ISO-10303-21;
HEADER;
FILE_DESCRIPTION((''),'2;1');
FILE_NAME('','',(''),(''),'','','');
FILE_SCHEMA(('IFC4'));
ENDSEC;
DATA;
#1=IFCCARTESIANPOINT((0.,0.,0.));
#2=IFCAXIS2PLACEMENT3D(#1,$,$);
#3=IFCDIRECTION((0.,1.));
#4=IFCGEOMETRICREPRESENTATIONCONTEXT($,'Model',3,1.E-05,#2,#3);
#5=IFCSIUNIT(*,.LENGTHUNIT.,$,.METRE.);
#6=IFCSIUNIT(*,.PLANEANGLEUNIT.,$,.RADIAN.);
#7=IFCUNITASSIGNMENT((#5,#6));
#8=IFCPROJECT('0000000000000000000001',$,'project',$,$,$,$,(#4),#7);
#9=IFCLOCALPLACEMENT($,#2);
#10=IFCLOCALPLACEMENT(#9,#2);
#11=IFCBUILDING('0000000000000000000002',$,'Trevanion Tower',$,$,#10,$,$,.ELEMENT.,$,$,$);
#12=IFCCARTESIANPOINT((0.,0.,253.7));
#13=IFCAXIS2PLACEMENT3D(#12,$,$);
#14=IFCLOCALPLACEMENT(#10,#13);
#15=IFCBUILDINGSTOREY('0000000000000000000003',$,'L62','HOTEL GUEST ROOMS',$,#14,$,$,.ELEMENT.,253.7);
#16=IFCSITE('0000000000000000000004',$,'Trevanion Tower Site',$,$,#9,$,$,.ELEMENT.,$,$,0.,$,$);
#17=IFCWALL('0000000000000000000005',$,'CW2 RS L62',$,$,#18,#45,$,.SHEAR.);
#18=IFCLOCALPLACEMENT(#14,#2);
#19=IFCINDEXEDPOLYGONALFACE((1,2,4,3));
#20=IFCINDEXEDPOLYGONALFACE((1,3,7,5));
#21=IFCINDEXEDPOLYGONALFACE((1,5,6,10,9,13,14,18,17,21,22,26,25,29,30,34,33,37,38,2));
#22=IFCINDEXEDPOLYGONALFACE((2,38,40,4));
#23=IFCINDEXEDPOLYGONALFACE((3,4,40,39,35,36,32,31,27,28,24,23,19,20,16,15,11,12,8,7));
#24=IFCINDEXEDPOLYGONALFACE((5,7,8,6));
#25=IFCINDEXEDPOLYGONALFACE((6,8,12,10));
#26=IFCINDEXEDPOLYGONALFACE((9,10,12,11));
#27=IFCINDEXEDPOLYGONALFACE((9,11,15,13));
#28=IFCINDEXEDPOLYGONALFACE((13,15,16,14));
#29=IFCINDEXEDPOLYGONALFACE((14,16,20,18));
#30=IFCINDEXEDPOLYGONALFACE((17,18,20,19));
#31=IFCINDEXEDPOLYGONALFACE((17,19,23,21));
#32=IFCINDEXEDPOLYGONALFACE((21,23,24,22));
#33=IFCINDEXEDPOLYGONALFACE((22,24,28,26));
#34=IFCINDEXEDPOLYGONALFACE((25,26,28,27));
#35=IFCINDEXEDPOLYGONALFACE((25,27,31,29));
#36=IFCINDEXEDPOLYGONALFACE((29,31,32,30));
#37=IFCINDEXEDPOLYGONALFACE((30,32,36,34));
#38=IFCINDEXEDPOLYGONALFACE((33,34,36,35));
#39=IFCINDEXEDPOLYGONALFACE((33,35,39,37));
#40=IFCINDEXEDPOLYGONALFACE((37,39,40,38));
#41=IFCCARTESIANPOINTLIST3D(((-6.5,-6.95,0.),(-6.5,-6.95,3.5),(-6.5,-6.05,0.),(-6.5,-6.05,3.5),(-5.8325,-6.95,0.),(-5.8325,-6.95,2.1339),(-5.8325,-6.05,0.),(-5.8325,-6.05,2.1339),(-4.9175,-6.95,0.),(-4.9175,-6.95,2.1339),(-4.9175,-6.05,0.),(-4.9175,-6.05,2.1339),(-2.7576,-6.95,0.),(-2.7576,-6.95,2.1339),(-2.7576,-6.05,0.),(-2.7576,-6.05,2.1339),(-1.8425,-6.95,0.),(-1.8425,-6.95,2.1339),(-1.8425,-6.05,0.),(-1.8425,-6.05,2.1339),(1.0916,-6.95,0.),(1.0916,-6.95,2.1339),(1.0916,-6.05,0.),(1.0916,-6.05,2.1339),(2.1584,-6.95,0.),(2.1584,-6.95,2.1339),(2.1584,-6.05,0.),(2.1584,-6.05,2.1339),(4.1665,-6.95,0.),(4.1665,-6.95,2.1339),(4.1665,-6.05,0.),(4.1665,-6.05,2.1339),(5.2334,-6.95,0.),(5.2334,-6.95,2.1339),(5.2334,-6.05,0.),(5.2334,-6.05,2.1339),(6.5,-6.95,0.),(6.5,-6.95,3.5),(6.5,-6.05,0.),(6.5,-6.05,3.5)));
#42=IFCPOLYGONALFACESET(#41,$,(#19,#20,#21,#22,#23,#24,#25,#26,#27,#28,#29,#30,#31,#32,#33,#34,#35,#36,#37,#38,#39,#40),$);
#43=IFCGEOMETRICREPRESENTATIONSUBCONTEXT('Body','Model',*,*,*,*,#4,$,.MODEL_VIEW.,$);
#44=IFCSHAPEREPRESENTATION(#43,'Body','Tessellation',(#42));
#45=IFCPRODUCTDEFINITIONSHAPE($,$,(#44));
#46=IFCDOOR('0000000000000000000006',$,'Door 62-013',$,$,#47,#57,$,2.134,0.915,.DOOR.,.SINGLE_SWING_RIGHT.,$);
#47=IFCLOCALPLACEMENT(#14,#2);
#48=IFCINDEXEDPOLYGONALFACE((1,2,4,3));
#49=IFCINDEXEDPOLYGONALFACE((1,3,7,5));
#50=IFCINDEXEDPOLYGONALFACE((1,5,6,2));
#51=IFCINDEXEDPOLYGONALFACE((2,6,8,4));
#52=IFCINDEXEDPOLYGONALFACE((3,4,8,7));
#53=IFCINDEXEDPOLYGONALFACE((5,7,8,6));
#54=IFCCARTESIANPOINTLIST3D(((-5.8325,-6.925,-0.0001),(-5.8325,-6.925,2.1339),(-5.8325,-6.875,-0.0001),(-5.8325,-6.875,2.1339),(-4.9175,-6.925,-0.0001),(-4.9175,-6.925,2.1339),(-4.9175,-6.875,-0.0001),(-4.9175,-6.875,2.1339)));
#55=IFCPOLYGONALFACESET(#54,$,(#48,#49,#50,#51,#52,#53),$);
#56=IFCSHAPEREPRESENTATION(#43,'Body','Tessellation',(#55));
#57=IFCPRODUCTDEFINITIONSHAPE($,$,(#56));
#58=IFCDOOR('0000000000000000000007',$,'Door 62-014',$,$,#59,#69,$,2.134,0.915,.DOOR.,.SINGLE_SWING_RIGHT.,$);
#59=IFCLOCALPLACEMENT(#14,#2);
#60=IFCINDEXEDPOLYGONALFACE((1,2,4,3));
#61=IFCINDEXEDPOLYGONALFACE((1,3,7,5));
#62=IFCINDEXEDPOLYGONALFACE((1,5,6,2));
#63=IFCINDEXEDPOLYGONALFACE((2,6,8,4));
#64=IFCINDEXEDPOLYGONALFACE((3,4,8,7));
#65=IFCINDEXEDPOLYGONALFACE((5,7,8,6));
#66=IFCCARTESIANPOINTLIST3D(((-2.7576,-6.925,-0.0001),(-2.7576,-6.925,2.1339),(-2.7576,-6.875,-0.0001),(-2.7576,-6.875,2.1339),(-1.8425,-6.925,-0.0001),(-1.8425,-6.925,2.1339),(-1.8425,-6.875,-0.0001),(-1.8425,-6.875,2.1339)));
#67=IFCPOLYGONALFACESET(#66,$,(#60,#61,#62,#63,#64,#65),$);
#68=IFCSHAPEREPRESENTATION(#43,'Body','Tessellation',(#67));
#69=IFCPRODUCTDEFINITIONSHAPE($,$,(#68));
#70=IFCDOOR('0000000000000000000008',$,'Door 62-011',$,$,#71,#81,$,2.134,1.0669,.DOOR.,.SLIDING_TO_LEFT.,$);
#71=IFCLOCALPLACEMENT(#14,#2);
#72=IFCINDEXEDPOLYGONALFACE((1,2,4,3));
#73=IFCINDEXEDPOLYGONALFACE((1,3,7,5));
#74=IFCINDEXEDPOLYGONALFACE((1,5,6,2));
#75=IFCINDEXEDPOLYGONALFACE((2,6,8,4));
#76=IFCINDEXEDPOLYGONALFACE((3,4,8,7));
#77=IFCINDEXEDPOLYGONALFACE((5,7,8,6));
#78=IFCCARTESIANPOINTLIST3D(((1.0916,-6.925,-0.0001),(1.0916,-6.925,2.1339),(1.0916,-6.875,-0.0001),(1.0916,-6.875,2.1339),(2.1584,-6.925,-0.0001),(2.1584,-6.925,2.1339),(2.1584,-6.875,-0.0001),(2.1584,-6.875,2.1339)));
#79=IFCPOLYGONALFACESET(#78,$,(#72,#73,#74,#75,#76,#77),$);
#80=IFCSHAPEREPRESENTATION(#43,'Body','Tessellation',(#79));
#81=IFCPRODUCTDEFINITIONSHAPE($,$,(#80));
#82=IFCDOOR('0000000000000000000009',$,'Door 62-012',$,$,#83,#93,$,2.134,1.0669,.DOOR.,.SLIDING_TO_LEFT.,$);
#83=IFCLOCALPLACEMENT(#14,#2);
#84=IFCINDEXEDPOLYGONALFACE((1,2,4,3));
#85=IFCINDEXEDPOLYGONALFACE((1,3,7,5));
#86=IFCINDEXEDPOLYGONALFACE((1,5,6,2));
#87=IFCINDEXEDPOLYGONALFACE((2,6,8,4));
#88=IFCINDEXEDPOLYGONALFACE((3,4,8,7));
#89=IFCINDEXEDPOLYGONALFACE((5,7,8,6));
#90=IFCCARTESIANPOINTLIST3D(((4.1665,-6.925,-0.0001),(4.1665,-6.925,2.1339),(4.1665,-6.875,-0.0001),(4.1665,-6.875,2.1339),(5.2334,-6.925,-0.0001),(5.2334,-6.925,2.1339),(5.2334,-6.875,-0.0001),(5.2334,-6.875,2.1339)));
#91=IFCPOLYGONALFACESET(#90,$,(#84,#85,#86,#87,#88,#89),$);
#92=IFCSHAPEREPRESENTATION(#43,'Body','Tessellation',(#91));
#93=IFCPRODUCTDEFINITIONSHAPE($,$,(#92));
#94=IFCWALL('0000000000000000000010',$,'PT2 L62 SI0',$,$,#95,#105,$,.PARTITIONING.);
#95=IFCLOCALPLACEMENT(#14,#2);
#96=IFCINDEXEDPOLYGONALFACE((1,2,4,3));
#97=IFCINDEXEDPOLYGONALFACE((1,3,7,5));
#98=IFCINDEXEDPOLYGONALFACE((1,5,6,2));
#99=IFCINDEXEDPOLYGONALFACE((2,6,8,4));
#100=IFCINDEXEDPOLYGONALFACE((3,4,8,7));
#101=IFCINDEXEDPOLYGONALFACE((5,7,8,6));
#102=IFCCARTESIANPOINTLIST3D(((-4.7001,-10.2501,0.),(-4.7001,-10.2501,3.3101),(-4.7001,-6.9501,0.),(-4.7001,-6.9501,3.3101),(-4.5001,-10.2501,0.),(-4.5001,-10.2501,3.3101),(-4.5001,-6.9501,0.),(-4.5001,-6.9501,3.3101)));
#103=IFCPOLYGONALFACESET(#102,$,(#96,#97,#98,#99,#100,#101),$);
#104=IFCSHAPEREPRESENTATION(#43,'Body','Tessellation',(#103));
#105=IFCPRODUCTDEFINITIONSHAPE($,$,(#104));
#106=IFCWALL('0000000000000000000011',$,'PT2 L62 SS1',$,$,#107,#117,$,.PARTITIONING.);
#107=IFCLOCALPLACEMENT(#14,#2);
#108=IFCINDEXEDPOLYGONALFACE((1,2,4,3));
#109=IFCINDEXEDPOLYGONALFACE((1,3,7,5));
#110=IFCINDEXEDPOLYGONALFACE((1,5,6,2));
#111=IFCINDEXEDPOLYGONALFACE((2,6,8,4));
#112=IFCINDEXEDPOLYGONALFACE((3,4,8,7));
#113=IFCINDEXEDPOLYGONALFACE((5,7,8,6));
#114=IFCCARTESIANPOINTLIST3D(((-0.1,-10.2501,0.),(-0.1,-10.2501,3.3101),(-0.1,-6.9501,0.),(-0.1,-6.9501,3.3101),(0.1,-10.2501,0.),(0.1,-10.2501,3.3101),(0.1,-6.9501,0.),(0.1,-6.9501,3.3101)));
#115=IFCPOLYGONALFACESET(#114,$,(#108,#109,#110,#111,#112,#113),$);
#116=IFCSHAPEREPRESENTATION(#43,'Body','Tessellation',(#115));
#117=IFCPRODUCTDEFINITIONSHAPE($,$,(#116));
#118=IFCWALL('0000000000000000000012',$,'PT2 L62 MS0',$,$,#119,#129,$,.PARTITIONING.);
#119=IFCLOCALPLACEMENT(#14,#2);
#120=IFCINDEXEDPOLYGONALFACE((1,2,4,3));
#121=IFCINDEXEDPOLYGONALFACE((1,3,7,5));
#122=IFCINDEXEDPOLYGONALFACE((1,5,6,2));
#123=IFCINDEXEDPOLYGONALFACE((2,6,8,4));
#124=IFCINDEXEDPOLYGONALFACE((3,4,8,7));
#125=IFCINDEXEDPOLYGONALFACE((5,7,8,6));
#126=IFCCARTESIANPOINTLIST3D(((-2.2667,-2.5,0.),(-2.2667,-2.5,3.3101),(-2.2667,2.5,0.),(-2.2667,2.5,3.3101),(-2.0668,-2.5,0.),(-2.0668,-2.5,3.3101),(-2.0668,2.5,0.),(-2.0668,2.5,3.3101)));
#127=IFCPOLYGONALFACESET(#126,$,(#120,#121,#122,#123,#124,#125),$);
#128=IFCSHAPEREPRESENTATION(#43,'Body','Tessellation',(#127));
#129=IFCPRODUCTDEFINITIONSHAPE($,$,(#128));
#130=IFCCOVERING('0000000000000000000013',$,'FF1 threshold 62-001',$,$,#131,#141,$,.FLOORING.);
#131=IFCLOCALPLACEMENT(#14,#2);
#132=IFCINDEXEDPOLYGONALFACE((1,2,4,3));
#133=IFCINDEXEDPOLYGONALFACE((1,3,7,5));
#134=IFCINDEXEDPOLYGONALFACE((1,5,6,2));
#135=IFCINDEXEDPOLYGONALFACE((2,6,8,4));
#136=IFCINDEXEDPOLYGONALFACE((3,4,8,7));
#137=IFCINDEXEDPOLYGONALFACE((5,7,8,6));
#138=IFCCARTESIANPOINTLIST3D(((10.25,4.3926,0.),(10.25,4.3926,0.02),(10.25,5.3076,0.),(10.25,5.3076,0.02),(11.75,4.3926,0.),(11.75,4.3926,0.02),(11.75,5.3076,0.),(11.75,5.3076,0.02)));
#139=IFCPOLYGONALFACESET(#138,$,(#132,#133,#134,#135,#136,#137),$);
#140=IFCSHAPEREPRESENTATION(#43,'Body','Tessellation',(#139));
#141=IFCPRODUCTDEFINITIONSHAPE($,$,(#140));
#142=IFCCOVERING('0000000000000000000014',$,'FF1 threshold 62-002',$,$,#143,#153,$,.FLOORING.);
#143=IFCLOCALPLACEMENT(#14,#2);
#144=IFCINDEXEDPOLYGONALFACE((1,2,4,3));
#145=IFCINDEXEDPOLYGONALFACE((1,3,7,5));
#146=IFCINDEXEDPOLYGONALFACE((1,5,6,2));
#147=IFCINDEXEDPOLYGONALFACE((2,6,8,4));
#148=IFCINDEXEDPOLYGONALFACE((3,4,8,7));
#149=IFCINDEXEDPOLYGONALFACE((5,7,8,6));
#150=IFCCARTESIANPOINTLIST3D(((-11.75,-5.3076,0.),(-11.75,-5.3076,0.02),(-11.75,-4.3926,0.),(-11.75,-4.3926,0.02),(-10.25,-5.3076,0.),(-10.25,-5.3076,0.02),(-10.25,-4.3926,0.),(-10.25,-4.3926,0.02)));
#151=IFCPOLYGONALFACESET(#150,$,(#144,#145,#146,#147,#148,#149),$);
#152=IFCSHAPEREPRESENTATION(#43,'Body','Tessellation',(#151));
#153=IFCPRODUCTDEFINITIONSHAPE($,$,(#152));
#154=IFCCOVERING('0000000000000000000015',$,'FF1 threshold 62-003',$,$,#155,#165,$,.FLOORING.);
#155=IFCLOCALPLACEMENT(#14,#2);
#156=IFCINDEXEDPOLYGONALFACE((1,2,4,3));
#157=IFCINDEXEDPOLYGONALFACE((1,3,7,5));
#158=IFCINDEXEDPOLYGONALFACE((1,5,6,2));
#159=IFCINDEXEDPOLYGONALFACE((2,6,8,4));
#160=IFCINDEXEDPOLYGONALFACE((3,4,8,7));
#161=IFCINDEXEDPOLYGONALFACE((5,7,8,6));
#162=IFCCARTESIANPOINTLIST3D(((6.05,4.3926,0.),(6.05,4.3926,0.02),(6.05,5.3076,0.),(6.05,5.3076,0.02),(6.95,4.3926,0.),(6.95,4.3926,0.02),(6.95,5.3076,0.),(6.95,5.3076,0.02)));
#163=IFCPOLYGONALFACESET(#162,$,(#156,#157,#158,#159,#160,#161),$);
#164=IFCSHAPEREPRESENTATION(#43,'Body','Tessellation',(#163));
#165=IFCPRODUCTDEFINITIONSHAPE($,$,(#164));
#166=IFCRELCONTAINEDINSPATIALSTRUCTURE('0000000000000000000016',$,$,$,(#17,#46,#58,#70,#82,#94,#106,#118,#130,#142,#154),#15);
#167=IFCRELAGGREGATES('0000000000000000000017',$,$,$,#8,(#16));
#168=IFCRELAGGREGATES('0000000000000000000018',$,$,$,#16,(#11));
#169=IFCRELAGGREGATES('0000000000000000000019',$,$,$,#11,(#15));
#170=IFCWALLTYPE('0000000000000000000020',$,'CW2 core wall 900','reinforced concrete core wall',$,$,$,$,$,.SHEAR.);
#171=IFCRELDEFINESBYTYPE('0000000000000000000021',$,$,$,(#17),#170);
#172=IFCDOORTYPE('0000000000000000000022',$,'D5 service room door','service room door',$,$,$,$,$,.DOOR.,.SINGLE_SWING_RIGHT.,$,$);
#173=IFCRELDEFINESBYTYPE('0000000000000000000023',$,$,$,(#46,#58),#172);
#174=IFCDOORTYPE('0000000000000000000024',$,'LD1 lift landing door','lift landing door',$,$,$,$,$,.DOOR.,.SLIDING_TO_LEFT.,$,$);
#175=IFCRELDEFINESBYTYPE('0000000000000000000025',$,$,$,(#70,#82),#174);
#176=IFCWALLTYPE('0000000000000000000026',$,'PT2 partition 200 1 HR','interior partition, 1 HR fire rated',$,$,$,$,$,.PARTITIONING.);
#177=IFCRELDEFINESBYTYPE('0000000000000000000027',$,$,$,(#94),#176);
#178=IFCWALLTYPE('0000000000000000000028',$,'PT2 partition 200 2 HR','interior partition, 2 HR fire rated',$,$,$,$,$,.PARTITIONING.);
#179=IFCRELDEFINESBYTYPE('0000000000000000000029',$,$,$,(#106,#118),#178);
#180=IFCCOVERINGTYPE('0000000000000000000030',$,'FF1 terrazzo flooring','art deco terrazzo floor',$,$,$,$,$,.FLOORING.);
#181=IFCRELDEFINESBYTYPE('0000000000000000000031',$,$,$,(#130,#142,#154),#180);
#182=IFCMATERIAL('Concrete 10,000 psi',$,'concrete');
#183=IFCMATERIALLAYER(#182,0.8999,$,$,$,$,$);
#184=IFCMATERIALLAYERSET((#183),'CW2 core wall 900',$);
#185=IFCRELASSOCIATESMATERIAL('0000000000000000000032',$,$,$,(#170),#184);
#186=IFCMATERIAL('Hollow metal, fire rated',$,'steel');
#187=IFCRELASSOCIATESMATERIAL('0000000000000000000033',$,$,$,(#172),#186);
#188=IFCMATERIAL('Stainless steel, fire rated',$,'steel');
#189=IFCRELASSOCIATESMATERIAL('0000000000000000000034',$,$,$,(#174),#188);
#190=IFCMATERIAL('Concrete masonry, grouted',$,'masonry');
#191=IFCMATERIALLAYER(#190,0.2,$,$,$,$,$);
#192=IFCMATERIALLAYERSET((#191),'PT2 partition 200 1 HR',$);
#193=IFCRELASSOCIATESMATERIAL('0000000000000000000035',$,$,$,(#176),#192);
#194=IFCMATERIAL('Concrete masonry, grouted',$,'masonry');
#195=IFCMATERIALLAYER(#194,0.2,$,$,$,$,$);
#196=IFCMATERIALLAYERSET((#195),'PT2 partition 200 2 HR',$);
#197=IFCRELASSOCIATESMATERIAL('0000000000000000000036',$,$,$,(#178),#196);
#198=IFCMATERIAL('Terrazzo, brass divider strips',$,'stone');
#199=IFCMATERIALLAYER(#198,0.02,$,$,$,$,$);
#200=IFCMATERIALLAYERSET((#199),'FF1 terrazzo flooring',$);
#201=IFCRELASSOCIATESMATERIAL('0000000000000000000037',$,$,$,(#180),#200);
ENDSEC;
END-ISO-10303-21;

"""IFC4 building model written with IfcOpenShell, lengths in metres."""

from ifc_helpers import new_model, si_unit, direction, frame, frame_2d, origin, place, context, subcontext, project, spatial, polyline, rectangle, outline, extrude, material, layer, layer_set, type_object, element, fill, save


model = new_model("IFC4")

# Units and contexts
model_context = context("Model", 3, precision=1e-05, world=origin(), true_north=direction((0.0, 1.0)))
body_context = subcontext(model_context, "Body", "Model", "MODEL_VIEW")
ifc_project = project(units=[si_unit("LENGTHUNIT", "METRE"), si_unit("PLANEANGLEUNIT", "RADIAN")], contexts=[model_context])

# Site, building, storey
site_placement = place(None, origin())
site = spatial("IfcSite", under=ifc_project, at=site_placement, Name="Trevanion Tower Site", CompositionType="ELEMENT", RefElevation=0.0)
building_placement = place(site_placement, origin())
building = spatial("IfcBuilding", under=site, at=building_placement, Name="Trevanion Tower", CompositionType="ELEMENT")
storey_placement = place(building_placement, frame((0.0, 0.0, 253.7)))
storey = spatial("IfcBuildingStorey", under=building, at=storey_placement, Name="L62", Description="HOTEL GUEST ROOMS", CompositionType="ELEMENT", Elevation=253.7)

# Shared definitions
ifc_material_1 = material(Name="Concrete 10,000 psi", Category="concrete")
ifc_layer_1 = layer(ifc_material_1, 0.8999)
ifc_layer_set_1 = layer_set([ifc_layer_1], Name="CW2 core wall 900")
wall_type_1 = type_object("IfcWallType", Name="CW2 core wall 900", Description="reinforced concrete core wall", PredefinedType="SHEAR", material=ifc_layer_set_1)

# Wall, openings, doors
wall_1_placement = place(storey_placement, frame((-6.5, -6.5, 0.0), z_axis=(0.0, 0.0, 1.0), x_axis=(1.0, 0.0, 0.0)))
wall_1 = element("IfcWall", 1, at=wall_1_placement, inside=storey, type_object=wall_type_1, Name="CW2 RS L62", PredefinedType="SHEAR", context=body_context, shape_type="SweptSolid", body=[
    extrude(rectangle(XDim=13.0, YDim=0.8999, at=frame_2d((6.5, 0.0))), origin(), (0.0, 0.0, 1.0), 3.5),
])
opening_1_placement = place(wall_1_placement, frame((7.5916, 0.0, 0.0)))
opening_1 = element("IfcOpeningElement", 2, at=opening_1_placement, cuts=wall_1, PredefinedType="OPENING", context=body_context, shape_type="SweptSolid", body=[
    extrude(rectangle(XDim=1.0669, YDim=2.134, at=frame_2d((0.5334, 1.0669))), frame((0.0, 0.46, 0.0), z_axis=(0.0, -1.0, 0.0), x_axis=(1.0, 0.0, 0.0)), (0.0, 0.0, 1.0), 0.9199),
])
opening_2_placement = place(wall_1_placement, frame((10.6665, 0.0, 0.0)))
opening_2 = element("IfcOpeningElement", 3, at=opening_2_placement, cuts=wall_1, PredefinedType="OPENING", context=body_context, shape_type="SweptSolid", body=[
    extrude(rectangle(XDim=1.0669, YDim=2.134, at=frame_2d((0.5334, 1.0669))), frame((0.0, 0.46, 0.0), z_axis=(0.0, -1.0, 0.0), x_axis=(1.0, 0.0, 0.0)), (0.0, 0.0, 1.0), 0.9199),
])
opening_3_placement = place(wall_1_placement, frame((0.6675, 0.0, 0.0)))
opening_3 = element("IfcOpeningElement", 4, at=opening_3_placement, cuts=wall_1, PredefinedType="OPENING", context=body_context, shape_type="SweptSolid", body=[
    extrude(rectangle(XDim=0.915, YDim=2.134, at=frame_2d((0.4575, 1.0669))), frame((0.0, 0.46, 0.0), z_axis=(0.0, -1.0, 0.0), x_axis=(1.0, 0.0, 0.0)), (0.0, 0.0, 1.0), 0.9199),
])
opening_4_placement = place(wall_1_placement, frame((3.7424, 0.0, 0.0)))
opening_4 = element("IfcOpeningElement", 5, at=opening_4_placement, cuts=wall_1, PredefinedType="OPENING", context=body_context, shape_type="SweptSolid", body=[
    extrude(rectangle(XDim=0.915, YDim=2.134, at=frame_2d((0.4575, 1.0669))), frame((0.0, 0.46, 0.0), z_axis=(0.0, -1.0, 0.0), x_axis=(1.0, 0.0, 0.0)), (0.0, 0.0, 1.0), 0.9199),
])
ifc_material_2 = material(Name="Hollow metal, fire rated", Category="steel")
door_type_1 = type_object("IfcDoorType", Name="D5 service room door", Description="service room door", OperationType="SINGLE_SWING_RIGHT", PredefinedType="DOOR", material=ifc_material_2)
door_1_placement = place(opening_3_placement, origin())
door_1 = element("IfcDoor", 6, at=door_1_placement, inside=storey, type_object=door_type_1, Name="Door 62-013", OperationType="SINGLE_SWING_RIGHT", OverallHeight=2.134, OverallWidth=0.915, PredefinedType="DOOR", context=body_context, shape_type="SweptSolid", body=[
    extrude(rectangle(XDim=0.915, YDim=2.134, at=frame_2d((0.4575, 1.0669))), frame((0.0, -0.375, 0.0), z_axis=(0.0, -1.0, 0.0), x_axis=(1.0, 0.0, 0.0)), (0.0, 0.0, 1.0), 0.05),
])
fill(opening_3, door_1)
door_2_placement = place(opening_4_placement, origin())
door_2 = element("IfcDoor", 7, at=door_2_placement, inside=storey, type_object=door_type_1, Name="Door 62-014", OperationType="SINGLE_SWING_RIGHT", OverallHeight=2.134, OverallWidth=0.915, PredefinedType="DOOR", context=body_context, shape_type="SweptSolid", body=[
    extrude(rectangle(XDim=0.915, YDim=2.134, at=frame_2d((0.4575, 1.0669))), frame((0.0, -0.375, 0.0), z_axis=(0.0, -1.0, 0.0), x_axis=(1.0, 0.0, 0.0)), (0.0, 0.0, 1.0), 0.05),
])
fill(opening_4, door_2)
ifc_material_3 = material(Name="Stainless steel, fire rated", Category="steel")
door_type_2 = type_object("IfcDoorType", Name="LD1 lift landing door", Description="lift landing door", OperationType="SLIDING_TO_LEFT", PredefinedType="DOOR", material=ifc_material_3)
door_3_placement = place(opening_1_placement, origin())
door_3 = element("IfcDoor", 8, at=door_3_placement, inside=storey, type_object=door_type_2, Name="Door 62-011", OperationType="SLIDING_TO_LEFT", OverallHeight=2.134, OverallWidth=1.0669, PredefinedType="DOOR", context=body_context, shape_type="SweptSolid", body=[
    extrude(rectangle(XDim=1.0669, YDim=2.134, at=frame_2d((0.5334, 1.0669))), frame((0.0, -0.375, 0.0), z_axis=(0.0, -1.0, 0.0), x_axis=(1.0, 0.0, 0.0)), (0.0, 0.0, 1.0), 0.05),
])
fill(opening_1, door_3)
door_4_placement = place(opening_2_placement, origin())
door_4 = element("IfcDoor", 9, at=door_4_placement, inside=storey, type_object=door_type_2, Name="Door 62-012", OperationType="SLIDING_TO_LEFT", OverallHeight=2.134, OverallWidth=1.0669, PredefinedType="DOOR", context=body_context, shape_type="SweptSolid", body=[
    extrude(rectangle(XDim=1.0669, YDim=2.134, at=frame_2d((0.5334, 1.0669))), frame((0.0, -0.375, 0.0), z_axis=(0.0, -1.0, 0.0), x_axis=(1.0, 0.0, 0.0)), (0.0, 0.0, 1.0), 0.05),
])
fill(opening_2, door_4)

# Walls
ifc_material_4 = material(Name="Concrete masonry, grouted", Category="masonry")
ifc_layer_2 = layer(ifc_material_4, 0.2)
ifc_layer_set_2 = layer_set([ifc_layer_2], Name="PT2 partition 200 1 HR")
wall_type_2 = type_object("IfcWallType", Name="PT2 partition 200 1 HR", Description="interior partition, 1 HR fire rated", PredefinedType="PARTITIONING", material=ifc_layer_set_2)
wall_2_placement = place(storey_placement, frame((-4.6001, -10.25, 0.0), z_axis=(0.0, 0.0, 1.0), x_axis=(0.0, 1.0, 0.0)))
element("IfcWall", 10, at=wall_2_placement, inside=storey, type_object=wall_type_2, Name="PT2 L62 SI0", PredefinedType="PARTITIONING", context=body_context, shape_type="SweptSolid", body=[
    extrude(rectangle(XDim=3.3, YDim=0.2, at=frame_2d((1.6499, 0.0))), origin(), (0.0, 0.0, 1.0), 3.3101),
])
ifc_material_5 = material(Name="Concrete masonry, grouted", Category="masonry")
ifc_layer_3 = layer(ifc_material_5, 0.2)
ifc_layer_set_3 = layer_set([ifc_layer_3], Name="PT2 partition 200 2 HR")
wall_type_3 = type_object("IfcWallType", Name="PT2 partition 200 2 HR", Description="interior partition, 2 HR fire rated", PredefinedType="PARTITIONING", material=ifc_layer_set_3)
wall_3_placement = place(storey_placement, frame((0.0, -10.25, 0.0), z_axis=(0.0, 0.0, 1.0), x_axis=(0.0, 1.0, 0.0)))
element("IfcWall", 11, at=wall_3_placement, inside=storey, type_object=wall_type_3, Name="PT2 L62 SS1", PredefinedType="PARTITIONING", context=body_context, shape_type="SweptSolid", body=[
    extrude(rectangle(XDim=3.3, YDim=0.2, at=frame_2d((1.6499, 0.0))), origin(), (0.0, 0.0, 1.0), 3.3101),
])
wall_4_placement = place(storey_placement, frame((-2.1667, -2.5, 0.0), z_axis=(0.0, 0.0, 1.0), x_axis=(0.0, 1.0, 0.0)))
element("IfcWall", 12, at=wall_4_placement, inside=storey, type_object=wall_type_3, Name="PT2 L62 MS0", PredefinedType="PARTITIONING", context=body_context, shape_type="SweptSolid", body=[
    extrude(rectangle(XDim=5.0, YDim=0.2, at=frame_2d((2.5, 0.0))), origin(), (0.0, 0.0, 1.0), 3.3101),
])

# Coverings
ifc_material_6 = material(Name="Terrazzo, brass divider strips", Category="stone")
ifc_layer_4 = layer(ifc_material_6, 0.02)
ifc_layer_set_4 = layer_set([ifc_layer_4], Name="FF1 terrazzo flooring")
covering_type = type_object("IfcCoveringType", Name="FF1 terrazzo flooring", Description="art deco terrazzo floor", PredefinedType="FLOORING", material=ifc_layer_set_4)
covering_1_placement = place(storey_placement, origin())
element("IfcCovering", 13, at=covering_1_placement, inside=storey, type_object=covering_type, Name="FF1 threshold 62-001", PredefinedType="FLOORING", context=body_context, shape_type="SweptSolid", body=[
    extrude(outline(polyline([(11.75, 4.3926), (11.75, 5.3076), (10.25, 5.3076), (10.25, 4.3926), (11.75, 4.3926)])), origin(), (0.0, 0.0, 1.0), 0.02),
])
covering_2_placement = place(storey_placement, origin())
element("IfcCovering", 14, at=covering_2_placement, inside=storey, type_object=covering_type, Name="FF1 threshold 62-002", PredefinedType="FLOORING", context=body_context, shape_type="SweptSolid", body=[
    extrude(outline(polyline([(-11.75, -4.3926), (-11.75, -5.3076), (-10.25, -5.3076), (-10.25, -4.3926), (-11.75, -4.3926)])), origin(), (0.0, 0.0, 1.0), 0.02),
])
covering_3_placement = place(storey_placement, origin())
element("IfcCovering", 15, at=covering_3_placement, inside=storey, type_object=covering_type, Name="FF1 threshold 62-003", PredefinedType="FLOORING", context=body_context, shape_type="SweptSolid", body=[
    extrude(outline(polyline([(6.95, 4.3926), (6.95, 5.3076), (6.05, 5.3076), (6.05, 4.3926), (6.95, 4.3926)])), origin(), (0.0, 0.0, 1.0), 0.02),
])

save(model, "model.ifc")
